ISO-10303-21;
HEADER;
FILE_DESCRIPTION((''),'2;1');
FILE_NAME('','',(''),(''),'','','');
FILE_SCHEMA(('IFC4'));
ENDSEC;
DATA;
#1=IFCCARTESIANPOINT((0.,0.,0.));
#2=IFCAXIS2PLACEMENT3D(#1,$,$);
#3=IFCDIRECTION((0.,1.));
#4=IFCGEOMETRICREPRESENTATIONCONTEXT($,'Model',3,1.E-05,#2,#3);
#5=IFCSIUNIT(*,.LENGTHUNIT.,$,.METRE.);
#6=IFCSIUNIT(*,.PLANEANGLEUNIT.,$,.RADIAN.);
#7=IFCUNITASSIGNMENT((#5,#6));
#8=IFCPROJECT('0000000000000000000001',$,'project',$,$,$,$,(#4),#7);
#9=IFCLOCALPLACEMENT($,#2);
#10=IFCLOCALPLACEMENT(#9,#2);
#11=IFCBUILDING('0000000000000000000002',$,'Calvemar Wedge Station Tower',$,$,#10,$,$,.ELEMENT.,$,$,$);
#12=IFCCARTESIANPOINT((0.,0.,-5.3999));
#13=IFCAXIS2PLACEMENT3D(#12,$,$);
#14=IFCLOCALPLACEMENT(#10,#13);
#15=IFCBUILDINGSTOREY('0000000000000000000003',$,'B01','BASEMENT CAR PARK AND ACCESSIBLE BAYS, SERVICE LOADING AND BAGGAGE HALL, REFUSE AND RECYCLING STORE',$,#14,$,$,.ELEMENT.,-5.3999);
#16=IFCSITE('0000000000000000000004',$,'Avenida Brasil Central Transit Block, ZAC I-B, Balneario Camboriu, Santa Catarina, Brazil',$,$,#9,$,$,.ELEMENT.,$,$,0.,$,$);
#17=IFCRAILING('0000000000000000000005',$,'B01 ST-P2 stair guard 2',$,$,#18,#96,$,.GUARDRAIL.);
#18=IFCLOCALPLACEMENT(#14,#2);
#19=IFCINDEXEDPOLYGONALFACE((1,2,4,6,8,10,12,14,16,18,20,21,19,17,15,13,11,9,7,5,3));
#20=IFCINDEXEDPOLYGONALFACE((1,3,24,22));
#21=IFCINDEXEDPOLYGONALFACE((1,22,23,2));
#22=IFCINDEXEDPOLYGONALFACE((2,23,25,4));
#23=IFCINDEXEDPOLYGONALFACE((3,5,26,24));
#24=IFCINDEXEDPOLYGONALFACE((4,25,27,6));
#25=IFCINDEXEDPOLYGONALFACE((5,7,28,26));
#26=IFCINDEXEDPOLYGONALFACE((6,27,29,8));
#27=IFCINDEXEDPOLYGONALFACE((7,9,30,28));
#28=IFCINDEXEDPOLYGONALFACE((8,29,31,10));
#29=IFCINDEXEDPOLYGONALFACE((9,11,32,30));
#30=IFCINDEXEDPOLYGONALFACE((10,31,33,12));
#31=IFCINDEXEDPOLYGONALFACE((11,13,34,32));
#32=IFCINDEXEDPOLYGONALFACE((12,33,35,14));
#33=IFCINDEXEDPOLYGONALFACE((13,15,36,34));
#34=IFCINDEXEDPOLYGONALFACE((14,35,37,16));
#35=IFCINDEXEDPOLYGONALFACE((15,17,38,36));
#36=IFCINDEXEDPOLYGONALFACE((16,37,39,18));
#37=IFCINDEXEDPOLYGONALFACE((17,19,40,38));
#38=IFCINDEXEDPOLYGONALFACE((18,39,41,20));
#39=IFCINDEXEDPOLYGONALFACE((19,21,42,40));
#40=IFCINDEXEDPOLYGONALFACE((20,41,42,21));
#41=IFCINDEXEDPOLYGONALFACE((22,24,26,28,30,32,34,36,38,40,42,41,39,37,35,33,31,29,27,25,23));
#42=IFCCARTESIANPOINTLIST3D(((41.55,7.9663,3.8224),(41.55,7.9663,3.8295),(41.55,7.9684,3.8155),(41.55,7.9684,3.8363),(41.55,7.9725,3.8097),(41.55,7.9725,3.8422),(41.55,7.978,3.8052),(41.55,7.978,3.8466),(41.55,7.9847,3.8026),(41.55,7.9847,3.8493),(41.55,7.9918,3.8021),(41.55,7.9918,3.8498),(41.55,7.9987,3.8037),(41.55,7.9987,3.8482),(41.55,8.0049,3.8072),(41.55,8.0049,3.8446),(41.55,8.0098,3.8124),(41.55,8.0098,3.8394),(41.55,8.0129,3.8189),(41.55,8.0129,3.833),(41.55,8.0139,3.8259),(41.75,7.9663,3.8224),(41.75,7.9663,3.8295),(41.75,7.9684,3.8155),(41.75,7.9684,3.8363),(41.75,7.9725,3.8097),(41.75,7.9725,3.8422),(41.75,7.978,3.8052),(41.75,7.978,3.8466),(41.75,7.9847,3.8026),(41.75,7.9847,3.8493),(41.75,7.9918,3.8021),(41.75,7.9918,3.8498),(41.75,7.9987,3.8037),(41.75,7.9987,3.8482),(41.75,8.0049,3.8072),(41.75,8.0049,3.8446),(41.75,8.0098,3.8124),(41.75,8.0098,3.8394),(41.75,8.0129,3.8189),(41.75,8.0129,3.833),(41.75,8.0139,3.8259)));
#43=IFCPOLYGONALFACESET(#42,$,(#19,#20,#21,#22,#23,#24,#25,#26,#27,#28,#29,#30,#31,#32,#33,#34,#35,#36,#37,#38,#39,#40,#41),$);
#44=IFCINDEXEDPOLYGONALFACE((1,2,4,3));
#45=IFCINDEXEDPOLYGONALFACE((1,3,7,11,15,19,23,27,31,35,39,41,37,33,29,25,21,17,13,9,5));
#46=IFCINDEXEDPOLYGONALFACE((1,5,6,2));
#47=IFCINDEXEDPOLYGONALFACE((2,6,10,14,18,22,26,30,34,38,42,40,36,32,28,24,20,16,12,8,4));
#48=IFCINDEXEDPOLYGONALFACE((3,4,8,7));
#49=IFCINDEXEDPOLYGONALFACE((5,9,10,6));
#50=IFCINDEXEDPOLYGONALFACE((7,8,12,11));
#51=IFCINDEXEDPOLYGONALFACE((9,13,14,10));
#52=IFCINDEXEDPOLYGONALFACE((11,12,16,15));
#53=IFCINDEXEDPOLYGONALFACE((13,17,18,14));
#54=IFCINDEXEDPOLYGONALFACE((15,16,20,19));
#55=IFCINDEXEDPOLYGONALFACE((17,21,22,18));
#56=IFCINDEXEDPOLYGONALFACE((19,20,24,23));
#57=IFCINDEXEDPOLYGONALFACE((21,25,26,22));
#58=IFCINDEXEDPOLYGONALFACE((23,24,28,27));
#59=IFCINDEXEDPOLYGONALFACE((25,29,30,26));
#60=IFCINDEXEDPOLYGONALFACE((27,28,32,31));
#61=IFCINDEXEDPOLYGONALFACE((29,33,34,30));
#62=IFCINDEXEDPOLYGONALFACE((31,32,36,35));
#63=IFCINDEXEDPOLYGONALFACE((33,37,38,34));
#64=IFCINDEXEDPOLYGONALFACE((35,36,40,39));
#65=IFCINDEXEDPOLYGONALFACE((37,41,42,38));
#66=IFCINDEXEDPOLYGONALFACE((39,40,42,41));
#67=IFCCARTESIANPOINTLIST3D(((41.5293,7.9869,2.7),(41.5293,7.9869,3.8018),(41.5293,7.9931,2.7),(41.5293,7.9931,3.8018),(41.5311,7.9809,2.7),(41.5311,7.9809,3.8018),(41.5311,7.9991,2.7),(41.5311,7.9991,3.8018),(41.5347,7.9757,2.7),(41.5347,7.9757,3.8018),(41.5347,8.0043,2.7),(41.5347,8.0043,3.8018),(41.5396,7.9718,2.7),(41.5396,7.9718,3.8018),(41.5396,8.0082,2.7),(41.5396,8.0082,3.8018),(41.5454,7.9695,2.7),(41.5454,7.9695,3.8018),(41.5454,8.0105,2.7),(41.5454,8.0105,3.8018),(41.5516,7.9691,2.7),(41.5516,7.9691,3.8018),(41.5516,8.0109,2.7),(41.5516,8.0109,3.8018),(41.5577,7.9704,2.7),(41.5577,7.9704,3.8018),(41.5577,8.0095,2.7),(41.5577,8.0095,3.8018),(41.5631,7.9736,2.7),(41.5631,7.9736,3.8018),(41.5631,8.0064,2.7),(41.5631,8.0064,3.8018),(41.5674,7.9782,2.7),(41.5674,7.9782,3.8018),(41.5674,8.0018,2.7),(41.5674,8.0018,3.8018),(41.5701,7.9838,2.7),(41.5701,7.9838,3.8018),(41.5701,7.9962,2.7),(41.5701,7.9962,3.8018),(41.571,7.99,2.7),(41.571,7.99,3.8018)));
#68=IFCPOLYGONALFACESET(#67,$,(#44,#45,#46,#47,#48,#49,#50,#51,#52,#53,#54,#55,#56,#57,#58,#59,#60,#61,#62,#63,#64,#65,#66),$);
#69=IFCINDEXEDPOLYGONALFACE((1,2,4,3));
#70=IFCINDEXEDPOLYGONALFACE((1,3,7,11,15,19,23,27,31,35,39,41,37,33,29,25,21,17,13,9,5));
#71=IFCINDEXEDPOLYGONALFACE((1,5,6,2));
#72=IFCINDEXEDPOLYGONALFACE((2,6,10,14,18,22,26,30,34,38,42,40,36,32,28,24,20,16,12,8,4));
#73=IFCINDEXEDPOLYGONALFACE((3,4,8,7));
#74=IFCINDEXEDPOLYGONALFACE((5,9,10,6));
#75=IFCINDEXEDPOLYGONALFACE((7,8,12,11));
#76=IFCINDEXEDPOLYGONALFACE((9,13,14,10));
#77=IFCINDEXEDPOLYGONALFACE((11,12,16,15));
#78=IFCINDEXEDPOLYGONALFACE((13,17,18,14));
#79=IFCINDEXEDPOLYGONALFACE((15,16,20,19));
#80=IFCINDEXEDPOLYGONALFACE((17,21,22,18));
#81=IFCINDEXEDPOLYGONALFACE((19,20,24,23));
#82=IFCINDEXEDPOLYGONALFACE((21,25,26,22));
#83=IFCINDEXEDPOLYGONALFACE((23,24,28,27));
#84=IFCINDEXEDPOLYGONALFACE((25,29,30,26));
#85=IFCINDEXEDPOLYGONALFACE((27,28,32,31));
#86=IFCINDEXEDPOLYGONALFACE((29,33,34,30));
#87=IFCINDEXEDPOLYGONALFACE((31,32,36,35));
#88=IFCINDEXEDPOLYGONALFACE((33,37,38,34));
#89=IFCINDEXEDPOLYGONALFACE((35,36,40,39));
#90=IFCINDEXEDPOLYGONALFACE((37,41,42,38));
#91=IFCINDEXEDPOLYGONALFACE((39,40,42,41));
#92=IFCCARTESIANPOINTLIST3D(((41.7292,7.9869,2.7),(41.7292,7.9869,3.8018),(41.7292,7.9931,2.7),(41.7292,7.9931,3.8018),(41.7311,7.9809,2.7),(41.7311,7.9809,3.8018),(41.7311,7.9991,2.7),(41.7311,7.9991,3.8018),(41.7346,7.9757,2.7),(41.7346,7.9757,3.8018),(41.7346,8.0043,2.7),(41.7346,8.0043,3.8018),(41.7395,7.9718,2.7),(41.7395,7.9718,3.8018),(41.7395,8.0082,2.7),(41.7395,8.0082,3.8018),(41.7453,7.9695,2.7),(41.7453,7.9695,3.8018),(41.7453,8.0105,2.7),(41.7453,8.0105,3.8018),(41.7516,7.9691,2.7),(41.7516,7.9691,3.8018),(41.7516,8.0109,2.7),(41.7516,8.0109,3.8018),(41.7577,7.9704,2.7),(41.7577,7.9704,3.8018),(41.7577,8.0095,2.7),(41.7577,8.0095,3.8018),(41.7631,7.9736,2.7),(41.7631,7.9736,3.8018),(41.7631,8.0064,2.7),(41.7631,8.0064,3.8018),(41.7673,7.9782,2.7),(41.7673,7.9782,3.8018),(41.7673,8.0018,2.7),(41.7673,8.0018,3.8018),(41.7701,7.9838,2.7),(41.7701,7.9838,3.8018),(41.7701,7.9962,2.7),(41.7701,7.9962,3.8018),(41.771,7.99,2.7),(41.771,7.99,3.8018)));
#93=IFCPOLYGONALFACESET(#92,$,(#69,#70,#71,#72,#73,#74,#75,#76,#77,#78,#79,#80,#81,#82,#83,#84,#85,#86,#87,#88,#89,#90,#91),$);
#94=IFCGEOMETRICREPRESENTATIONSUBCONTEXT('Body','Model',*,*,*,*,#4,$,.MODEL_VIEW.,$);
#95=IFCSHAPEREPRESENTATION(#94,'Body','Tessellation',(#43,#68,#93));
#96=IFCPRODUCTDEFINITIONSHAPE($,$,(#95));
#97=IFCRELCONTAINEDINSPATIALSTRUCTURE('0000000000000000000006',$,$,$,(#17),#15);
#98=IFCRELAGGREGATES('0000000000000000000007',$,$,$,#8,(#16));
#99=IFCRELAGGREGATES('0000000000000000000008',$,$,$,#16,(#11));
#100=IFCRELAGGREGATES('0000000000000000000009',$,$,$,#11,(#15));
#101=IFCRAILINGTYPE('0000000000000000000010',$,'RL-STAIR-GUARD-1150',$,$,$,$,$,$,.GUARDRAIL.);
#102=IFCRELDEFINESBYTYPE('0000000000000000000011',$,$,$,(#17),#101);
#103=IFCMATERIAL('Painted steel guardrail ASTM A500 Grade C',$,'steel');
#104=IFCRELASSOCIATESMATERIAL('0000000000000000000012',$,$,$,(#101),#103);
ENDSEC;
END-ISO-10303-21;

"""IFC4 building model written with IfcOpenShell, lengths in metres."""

from ifc_helpers import new_model, si_unit, direction, frame, origin, origin_2d, place, context, subcontext, project, spatial, circle, extrude, material, type_object, element, save


model = new_model("IFC4")

# Units and contexts
model_context = context("Model", 3, precision=1e-05, world=origin(), true_north=direction((0.0, 1.0)))
body_context = subcontext(model_context, "Body", "Model", "MODEL_VIEW")
ifc_project = project(units=[si_unit("LENGTHUNIT", "METRE"), si_unit("PLANEANGLEUNIT", "RADIAN")], contexts=[model_context])

# Site, building, storey
site_placement = place(None, origin())
site = spatial("IfcSite", under=ifc_project, at=site_placement, Name="Avenida Brasil Central Transit Block, ZAC I-B, Balneario Camboriu, Santa Catarina, Brazil", CompositionType="ELEMENT", RefElevation=0.0)
building_placement = place(site_placement, origin())
building = spatial("IfcBuilding", under=site, at=building_placement, Name="Calvemar Wedge Station Tower", CompositionType="ELEMENT")
storey_placement = place(building_placement, frame((0.0, 0.0, -5.3999)))
storey = spatial("IfcBuildingStorey", under=building, at=storey_placement, Name="B01", Description="BASEMENT CAR PARK AND ACCESSIBLE BAYS, SERVICE LOADING AND BAGGAGE HALL, REFUSE AND RECYCLING STORE", CompositionType="ELEMENT", Elevation=-5.3999)

# Railing
ifc_material_1 = material(Name="Painted steel guardrail ASTM A500 Grade C", Category="steel")
railing_type_1 = type_object("IfcRailingType", Name="RL-STAIR-GUARD-1150", PredefinedType="GUARDRAIL", material=ifc_material_1)
railing_1_placement = place(storey_placement, frame((41.55, 7.99, 2.7)))
element("IfcRailing", 1, at=railing_1_placement, inside=storey, type_object=railing_type_1, Name="B01 ST-P2 stair guard 2", PredefinedType="GUARDRAIL", context=body_context, shape_type="SweptSolid", body=[
    extrude(circle(Radius=0.0239, at=origin_2d()), frame((0.0, 0.0, 1.126), z_axis=(1.0, 0.0, 0.0), x_axis=(0.0, 1.0, 0.0)), (0.0, 0.0, 1.0), 0.2),
    extrude(circle(Radius=0.021, at=origin_2d()), origin(), (0.0, 0.0, 1.0), 1.1018),
    extrude(circle(Radius=0.021, at=origin_2d()), frame((0.2, 0.0, 0.0)), (0.0, 0.0, 1.0), 1.1018),
])

save(model, "model.ifc")
